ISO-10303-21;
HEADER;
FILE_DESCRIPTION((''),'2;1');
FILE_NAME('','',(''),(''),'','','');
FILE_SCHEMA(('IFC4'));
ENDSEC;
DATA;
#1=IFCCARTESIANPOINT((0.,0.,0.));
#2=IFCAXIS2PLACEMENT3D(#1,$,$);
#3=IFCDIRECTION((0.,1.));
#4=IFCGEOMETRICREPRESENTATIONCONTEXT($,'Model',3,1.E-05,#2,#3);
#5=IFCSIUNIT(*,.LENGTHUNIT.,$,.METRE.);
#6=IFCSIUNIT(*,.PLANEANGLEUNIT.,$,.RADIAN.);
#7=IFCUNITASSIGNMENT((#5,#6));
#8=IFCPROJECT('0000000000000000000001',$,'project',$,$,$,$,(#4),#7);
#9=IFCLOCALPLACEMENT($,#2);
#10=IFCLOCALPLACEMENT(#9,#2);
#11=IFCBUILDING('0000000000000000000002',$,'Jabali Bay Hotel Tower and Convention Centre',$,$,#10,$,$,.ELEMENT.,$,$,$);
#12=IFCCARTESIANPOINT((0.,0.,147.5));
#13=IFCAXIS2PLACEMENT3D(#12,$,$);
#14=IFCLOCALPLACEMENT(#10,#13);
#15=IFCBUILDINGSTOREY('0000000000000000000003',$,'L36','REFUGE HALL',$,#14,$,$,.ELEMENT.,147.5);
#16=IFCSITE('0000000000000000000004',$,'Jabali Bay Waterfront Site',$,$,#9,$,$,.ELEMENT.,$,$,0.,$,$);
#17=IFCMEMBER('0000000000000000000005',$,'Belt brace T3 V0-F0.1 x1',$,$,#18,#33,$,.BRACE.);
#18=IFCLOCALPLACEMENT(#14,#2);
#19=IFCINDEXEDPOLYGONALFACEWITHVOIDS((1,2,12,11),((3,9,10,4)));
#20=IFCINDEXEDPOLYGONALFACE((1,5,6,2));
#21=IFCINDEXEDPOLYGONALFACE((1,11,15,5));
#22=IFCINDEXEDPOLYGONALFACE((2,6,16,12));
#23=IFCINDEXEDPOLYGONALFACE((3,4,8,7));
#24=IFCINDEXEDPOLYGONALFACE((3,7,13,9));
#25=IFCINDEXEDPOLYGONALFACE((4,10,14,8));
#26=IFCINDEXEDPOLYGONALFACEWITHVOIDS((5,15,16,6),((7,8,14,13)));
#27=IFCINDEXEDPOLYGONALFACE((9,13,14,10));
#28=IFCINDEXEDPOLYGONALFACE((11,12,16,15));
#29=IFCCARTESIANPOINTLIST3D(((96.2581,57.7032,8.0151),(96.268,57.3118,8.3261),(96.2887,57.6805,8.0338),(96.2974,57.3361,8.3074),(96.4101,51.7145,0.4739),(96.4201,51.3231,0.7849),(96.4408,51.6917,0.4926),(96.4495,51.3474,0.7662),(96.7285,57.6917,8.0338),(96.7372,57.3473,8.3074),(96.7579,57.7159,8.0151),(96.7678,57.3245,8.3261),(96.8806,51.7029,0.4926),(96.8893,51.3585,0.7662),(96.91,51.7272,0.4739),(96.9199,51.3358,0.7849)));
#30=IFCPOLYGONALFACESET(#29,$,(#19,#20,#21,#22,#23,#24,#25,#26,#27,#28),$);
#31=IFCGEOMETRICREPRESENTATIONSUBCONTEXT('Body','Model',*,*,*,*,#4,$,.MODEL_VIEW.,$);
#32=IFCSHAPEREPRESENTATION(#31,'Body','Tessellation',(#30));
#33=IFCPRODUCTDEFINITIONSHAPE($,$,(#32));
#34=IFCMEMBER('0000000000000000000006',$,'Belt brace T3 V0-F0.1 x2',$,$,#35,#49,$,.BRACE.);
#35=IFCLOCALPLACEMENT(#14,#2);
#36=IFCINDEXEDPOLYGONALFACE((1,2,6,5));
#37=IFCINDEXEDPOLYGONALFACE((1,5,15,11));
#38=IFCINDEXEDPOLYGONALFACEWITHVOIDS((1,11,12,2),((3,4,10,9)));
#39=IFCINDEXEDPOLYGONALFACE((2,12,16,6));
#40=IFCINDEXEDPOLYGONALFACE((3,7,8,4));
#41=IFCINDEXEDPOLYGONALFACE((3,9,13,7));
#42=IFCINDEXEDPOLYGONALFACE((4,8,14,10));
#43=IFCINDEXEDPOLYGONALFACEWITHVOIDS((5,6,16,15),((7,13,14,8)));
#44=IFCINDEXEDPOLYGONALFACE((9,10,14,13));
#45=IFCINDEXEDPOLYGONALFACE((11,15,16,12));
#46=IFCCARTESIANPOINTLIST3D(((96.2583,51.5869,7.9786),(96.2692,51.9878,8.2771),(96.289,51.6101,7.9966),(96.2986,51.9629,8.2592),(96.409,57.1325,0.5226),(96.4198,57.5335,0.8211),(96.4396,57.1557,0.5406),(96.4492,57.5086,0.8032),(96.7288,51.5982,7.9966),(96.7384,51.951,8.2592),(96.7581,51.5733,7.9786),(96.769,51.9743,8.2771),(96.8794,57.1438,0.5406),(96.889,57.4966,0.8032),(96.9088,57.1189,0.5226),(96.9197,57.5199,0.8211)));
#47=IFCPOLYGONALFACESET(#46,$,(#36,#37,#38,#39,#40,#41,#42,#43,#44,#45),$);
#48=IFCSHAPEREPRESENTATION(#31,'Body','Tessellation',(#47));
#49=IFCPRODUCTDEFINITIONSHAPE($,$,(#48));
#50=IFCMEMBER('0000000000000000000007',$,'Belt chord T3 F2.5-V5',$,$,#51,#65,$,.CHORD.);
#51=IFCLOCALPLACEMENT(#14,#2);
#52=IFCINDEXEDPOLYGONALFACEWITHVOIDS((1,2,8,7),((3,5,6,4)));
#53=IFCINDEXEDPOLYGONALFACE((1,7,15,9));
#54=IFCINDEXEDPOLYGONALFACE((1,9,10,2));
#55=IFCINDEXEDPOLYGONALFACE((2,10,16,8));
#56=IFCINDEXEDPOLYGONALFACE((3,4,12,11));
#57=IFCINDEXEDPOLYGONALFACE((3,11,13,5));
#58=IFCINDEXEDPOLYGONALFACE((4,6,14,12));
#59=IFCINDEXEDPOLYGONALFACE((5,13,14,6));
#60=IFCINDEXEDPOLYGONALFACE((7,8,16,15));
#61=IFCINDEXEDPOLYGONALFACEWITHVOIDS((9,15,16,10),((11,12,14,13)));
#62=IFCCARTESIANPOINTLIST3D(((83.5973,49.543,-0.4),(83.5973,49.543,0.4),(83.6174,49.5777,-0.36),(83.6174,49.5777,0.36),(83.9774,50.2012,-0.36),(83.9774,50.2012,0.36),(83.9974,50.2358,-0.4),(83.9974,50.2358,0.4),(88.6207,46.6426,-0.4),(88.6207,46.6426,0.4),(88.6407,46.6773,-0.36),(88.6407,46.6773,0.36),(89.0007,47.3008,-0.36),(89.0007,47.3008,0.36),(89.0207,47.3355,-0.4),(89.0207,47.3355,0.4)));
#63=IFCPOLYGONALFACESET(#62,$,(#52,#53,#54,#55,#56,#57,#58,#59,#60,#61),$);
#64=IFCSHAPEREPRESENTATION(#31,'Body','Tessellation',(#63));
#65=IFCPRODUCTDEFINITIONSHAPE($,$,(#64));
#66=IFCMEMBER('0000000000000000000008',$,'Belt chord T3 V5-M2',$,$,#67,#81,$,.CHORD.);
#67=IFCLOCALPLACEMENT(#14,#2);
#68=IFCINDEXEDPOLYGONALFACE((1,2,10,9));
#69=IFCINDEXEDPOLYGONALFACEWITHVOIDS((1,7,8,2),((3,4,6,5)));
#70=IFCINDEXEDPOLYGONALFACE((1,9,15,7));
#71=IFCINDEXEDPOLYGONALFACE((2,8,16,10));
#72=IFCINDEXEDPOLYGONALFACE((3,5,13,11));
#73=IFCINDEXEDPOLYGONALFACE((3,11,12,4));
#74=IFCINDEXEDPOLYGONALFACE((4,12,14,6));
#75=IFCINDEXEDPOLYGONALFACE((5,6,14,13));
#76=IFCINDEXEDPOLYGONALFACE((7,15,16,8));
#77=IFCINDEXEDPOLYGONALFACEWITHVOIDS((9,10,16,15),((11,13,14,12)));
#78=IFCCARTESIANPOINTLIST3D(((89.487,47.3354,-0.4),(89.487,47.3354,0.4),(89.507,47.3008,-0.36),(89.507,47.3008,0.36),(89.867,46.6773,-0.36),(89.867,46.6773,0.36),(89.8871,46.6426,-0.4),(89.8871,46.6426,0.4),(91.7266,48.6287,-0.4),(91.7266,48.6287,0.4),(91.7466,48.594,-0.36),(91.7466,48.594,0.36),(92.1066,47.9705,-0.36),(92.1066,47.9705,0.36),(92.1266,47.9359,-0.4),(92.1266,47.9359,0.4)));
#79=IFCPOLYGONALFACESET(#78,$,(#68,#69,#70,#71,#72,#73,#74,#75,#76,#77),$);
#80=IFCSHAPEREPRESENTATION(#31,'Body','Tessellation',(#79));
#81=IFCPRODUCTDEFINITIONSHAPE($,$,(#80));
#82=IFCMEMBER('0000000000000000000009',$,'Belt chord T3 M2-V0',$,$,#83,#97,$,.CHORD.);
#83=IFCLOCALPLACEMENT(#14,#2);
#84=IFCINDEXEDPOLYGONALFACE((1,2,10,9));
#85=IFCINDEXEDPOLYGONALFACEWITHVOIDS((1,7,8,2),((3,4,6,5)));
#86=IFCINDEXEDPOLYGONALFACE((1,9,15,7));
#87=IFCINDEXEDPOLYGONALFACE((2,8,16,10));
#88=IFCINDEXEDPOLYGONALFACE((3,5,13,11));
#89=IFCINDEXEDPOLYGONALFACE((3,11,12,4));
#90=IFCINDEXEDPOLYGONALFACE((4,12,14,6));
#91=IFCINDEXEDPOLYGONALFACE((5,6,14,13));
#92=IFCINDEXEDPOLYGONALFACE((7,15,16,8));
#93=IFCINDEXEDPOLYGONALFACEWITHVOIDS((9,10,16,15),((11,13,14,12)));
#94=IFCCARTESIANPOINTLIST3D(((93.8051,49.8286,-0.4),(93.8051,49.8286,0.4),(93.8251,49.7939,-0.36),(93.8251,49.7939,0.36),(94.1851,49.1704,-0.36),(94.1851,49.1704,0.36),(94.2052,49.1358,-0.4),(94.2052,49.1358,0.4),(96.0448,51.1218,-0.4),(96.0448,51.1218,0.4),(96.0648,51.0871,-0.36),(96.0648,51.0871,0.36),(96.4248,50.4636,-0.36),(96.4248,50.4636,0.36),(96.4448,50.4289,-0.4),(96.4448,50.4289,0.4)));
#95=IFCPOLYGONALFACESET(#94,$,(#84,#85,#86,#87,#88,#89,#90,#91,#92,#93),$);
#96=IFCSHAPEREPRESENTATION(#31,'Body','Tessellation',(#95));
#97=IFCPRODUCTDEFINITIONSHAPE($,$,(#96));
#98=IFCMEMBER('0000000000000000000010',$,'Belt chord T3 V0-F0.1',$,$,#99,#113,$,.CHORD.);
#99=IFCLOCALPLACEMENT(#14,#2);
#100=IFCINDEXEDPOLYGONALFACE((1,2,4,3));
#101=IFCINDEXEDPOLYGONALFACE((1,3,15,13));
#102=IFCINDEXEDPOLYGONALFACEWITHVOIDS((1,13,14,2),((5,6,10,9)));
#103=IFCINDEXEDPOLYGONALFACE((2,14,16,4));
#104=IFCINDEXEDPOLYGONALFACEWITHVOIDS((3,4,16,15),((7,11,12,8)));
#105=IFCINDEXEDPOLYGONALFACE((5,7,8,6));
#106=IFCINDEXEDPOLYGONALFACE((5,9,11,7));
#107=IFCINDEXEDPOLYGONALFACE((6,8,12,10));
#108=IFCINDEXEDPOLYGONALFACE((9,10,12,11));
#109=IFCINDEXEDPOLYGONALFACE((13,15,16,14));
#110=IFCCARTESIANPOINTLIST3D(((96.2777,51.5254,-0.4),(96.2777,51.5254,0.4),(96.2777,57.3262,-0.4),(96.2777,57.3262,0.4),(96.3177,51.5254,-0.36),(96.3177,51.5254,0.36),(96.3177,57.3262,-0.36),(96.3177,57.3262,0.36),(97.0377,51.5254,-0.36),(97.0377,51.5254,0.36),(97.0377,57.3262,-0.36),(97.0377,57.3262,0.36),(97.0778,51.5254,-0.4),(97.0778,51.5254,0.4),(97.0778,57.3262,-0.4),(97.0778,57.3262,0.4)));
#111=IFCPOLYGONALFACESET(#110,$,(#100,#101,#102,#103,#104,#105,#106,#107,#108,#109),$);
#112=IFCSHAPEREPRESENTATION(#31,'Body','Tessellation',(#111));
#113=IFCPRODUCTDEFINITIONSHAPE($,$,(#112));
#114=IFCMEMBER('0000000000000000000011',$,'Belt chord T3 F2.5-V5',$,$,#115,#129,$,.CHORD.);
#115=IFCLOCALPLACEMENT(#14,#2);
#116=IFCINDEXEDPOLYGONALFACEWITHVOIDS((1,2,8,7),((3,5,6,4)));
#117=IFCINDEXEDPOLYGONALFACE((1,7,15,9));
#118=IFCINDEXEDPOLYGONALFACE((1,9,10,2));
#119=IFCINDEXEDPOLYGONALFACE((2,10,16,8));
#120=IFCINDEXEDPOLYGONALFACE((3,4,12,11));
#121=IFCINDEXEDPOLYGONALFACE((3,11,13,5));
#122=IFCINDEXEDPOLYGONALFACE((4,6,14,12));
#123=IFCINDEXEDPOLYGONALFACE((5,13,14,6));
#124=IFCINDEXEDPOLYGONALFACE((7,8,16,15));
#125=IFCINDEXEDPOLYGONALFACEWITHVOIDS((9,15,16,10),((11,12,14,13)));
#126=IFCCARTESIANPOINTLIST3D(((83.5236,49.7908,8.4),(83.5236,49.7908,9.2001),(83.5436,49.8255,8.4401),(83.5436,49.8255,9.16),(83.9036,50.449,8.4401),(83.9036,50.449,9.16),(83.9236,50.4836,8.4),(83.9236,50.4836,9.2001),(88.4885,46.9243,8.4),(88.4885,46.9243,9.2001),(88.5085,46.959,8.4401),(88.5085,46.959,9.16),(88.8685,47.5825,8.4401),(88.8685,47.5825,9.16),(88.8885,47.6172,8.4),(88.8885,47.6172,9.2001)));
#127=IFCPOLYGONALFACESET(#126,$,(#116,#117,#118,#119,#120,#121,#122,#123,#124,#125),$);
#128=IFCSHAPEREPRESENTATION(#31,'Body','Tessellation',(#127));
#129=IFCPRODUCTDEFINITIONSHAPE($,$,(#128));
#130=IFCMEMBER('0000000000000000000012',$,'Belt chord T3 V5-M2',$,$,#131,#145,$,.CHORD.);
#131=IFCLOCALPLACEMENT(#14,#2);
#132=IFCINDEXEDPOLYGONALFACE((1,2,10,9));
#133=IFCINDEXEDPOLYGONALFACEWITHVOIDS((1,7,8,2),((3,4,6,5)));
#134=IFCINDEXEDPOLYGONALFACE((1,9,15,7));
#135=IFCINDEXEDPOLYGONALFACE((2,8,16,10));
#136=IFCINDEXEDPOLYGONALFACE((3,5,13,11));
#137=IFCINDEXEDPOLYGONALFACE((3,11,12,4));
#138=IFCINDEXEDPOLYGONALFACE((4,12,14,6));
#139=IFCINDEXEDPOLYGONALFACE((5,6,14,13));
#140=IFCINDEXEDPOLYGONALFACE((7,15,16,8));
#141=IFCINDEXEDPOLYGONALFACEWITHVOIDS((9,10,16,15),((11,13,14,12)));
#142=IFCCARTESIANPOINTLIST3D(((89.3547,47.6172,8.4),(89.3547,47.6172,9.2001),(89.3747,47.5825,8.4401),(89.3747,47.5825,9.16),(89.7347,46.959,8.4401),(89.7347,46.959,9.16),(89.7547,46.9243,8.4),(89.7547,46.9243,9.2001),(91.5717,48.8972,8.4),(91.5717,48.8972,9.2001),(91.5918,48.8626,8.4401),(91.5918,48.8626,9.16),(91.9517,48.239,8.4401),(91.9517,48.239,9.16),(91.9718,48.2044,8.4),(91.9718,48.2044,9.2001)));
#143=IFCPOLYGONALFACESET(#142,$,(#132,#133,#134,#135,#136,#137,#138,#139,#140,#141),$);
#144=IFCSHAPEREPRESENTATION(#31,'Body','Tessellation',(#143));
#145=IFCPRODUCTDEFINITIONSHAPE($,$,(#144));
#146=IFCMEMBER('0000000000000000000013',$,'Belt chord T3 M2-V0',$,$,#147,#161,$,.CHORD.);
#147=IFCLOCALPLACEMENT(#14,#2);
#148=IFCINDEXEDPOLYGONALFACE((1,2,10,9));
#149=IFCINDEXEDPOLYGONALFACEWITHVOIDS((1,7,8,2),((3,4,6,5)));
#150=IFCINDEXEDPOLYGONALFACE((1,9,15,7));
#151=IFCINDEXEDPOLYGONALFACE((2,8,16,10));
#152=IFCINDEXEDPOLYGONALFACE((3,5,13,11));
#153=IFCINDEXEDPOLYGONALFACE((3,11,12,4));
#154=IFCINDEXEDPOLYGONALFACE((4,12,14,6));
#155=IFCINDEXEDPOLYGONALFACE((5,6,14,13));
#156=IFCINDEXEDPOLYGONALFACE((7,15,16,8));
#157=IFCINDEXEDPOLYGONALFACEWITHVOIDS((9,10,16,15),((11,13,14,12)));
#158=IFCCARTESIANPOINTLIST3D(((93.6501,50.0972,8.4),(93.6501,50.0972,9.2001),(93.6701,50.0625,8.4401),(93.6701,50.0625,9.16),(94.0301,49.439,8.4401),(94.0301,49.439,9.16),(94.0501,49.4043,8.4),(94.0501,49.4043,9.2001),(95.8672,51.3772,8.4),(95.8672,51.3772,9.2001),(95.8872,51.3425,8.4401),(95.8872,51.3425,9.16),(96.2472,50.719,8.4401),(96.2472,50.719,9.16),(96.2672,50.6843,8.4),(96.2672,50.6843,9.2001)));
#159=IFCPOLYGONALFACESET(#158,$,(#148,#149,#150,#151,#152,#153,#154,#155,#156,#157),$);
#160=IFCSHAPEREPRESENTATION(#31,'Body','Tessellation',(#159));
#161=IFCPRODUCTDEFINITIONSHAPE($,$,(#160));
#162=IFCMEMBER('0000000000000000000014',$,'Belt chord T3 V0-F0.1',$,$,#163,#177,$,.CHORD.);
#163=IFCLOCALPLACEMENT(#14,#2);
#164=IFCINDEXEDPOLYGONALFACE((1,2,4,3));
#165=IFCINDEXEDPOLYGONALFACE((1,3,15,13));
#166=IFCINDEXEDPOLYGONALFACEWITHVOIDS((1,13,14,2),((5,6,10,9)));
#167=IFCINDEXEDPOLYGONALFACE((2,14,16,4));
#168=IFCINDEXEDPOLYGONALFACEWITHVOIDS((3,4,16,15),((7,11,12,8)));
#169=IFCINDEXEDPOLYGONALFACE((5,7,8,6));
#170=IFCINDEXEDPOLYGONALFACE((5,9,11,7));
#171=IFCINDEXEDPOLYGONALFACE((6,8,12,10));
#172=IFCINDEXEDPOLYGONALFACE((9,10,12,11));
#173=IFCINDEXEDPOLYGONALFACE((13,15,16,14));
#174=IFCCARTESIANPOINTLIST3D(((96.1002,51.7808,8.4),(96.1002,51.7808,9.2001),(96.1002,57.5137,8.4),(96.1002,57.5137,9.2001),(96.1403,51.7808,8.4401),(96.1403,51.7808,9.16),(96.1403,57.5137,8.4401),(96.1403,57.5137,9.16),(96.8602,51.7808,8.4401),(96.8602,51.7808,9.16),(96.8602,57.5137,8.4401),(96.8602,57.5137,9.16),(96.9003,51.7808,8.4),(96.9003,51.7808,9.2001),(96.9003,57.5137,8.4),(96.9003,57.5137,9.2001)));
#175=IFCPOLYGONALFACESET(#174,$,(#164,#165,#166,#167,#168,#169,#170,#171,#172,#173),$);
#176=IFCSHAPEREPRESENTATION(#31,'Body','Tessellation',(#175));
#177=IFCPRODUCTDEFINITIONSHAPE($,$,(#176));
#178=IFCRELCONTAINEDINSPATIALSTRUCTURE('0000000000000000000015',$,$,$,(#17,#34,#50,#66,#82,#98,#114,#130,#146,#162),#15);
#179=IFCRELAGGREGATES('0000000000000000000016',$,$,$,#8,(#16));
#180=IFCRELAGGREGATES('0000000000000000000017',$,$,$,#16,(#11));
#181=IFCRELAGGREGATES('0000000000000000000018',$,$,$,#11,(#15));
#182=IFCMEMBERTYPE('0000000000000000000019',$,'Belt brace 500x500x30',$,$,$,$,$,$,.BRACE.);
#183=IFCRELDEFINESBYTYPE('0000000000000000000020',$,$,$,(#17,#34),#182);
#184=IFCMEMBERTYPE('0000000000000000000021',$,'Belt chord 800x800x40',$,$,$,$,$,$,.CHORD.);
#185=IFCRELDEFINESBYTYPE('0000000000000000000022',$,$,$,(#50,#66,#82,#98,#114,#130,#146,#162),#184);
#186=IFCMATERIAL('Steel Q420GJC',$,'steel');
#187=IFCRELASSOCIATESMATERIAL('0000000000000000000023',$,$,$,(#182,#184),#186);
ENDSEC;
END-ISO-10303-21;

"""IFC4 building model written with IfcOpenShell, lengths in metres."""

from ifc_helpers import new_model, si_unit, direction, frame, origin, origin_2d, place, context, subcontext, project, spatial, hollow_rectangle, extrude, material, material_profile, profile_set, type_object, element, save


model = new_model("IFC4")

# Units and contexts
model_context = context("Model", 3, precision=1e-05, world=origin(), true_north=direction((0.0, 1.0)))
body_context = subcontext(model_context, "Body", "Model", "MODEL_VIEW")
ifc_project = project(units=[si_unit("LENGTHUNIT", "METRE"), si_unit("PLANEANGLEUNIT", "RADIAN")], contexts=[model_context])

# Site, building, storey
site_placement = place(None, origin())
site = spatial("IfcSite", under=ifc_project, at=site_placement, Name="Jabali Bay Waterfront Site", CompositionType="ELEMENT", RefElevation=0.0)
building_placement = place(site_placement, origin())
building = spatial("IfcBuilding", under=site, at=building_placement, Name="Jabali Bay Hotel Tower and Convention Centre", CompositionType="ELEMENT")
storey_placement = place(building_placement, frame((0.0, 0.0, 147.5)))
storey = spatial("IfcBuildingStorey", under=building, at=storey_placement, Name="L36", Description="REFUGE HALL", CompositionType="ELEMENT", Elevation=147.5)

# Members
ifc_material_1 = material(Name="Steel Q420GJC", Category="steel")
ifc_material_profile_1 = material_profile(ifc_material_1, hollow_rectangle(XDim=0.5, YDim=0.5, WallThickness=0.03, at=origin_2d()), Name="Belt brace 500x500x30")
ifc_profile_set_1 = profile_set([ifc_material_profile_1], Name="Steel Q420GJC")
member_type_1 = type_object("IfcMemberType", Name="Belt brace 500x500x30", PredefinedType="BRACE", material=ifc_profile_set_1)
member_1_placement = place(storey_placement, frame((96.665, 51.5251, 0.6294), z_axis=(-0.015792, 0.621812, 0.783007), x_axis=(-0.999678, -0.025389, 0.0)))
element("IfcMember", 1, at=member_1_placement, inside=storey, type_object=member_type_1, Name="Belt brace T3 V0-F0.1 x1", PredefinedType="BRACE", context=body_context, shape_type="SweptSolid", body=[
    extrude(hollow_rectangle(XDim=0.5, YDim=0.5, WallThickness=0.03, at=origin_2d()), origin(), (0.0, 0.0, 1.0), 9.6311),
])
member_2_placement = place(storey_placement, frame((96.6643, 57.3262, 0.6719), z_axis=(-0.016209, -0.596722, 0.802284), x_axis=(0.999631, -0.027153, 0.0)))
element("IfcMember", 2, at=member_2_placement, inside=storey, type_object=member_type_1, Name="Belt brace T3 V0-F0.1 x2", PredefinedType="BRACE", context=body_context, shape_type="SweptSolid", body=[
    extrude(hollow_rectangle(XDim=0.5, YDim=0.5, WallThickness=0.03, at=origin_2d()), origin(), (0.0, 0.0, 1.0), 9.2935),
])
ifc_material_profile_2 = material_profile(ifc_material_1, hollow_rectangle(XDim=0.8, YDim=0.8, WallThickness=0.04, at=origin_2d()), Name="Belt chord 800x800x40")
ifc_profile_set_2 = profile_set([ifc_material_profile_2], Name="Steel Q420GJC")
member_type_2 = type_object("IfcMemberType", Name="Belt chord 800x800x40", PredefinedType="CHORD", material=ifc_profile_set_2)
member_3_placement = place(storey_placement, frame((83.7974, 49.8894, 0.0), z_axis=(0.866017, -0.500014, 0.0), x_axis=(0.500014, 0.866017, 0.0)))
element("IfcMember", 3, at=member_3_placement, inside=storey, type_object=member_type_2, Name="Belt chord T3 F2.5-V5", PredefinedType="CHORD", context=body_context, shape_type="SweptSolid", body=[
    extrude(hollow_rectangle(XDim=0.8, YDim=0.8, WallThickness=0.04, at=origin_2d()), origin(), (0.0, 0.0, 1.0), 5.8005),
])
for number, where, z_axis, x_axis, name in (
    (4, (89.687, 46.989, 0.0), (0.865986, 0.500068, 0.0), (-0.500068, 0.865986, 0.0), "Belt chord T3 V5-M2"),
    (5, (94.0051, 49.4822, 0.0), (0.86601, 0.500028, 0.0), (-0.500028, 0.86601, 0.0), "Belt chord T3 M2-V0"),
):
    element("IfcMember", number, at=place(storey_placement, frame(where, z_axis=z_axis, x_axis=x_axis)), inside=storey, type_object=member_type_2, Name=name, PredefinedType="CHORD", context=body_context, shape_type="SweptSolid", body=[
        extrude(hollow_rectangle(XDim=0.8, YDim=0.8, WallThickness=0.04, at=origin_2d()), origin(), (0.0, 0.0, 1.0), 2.5862),
    ])
member_4_placement = place(storey_placement, frame((96.6777, 51.5254, 0.0), z_axis=(0.0, 1.0, 0.0), x_axis=(-1.0, 0.0, 0.0)))
element("IfcMember", 6, at=member_4_placement, inside=storey, type_object=member_type_2, Name="Belt chord T3 V0-F0.1", PredefinedType="CHORD", context=body_context, shape_type="SweptSolid", body=[
    extrude(hollow_rectangle(XDim=0.8, YDim=0.8, WallThickness=0.04, at=origin_2d()), origin(), (0.0, 0.0, 1.0), 5.8008),
])
member_5_placement = place(storey_placement, frame((83.7236, 50.1372, 8.8), z_axis=(0.866025, -0.5, 0.0), x_axis=(0.5, 0.866025, 0.0)))
element("IfcMember", 7, at=member_5_placement, inside=storey, type_object=member_type_2, Name="Belt chord T3 F2.5-V5", PredefinedType="CHORD", context=body_context, shape_type="SweptSolid", body=[
    extrude(hollow_rectangle(XDim=0.8, YDim=0.8, WallThickness=0.04, at=origin_2d()), origin(), (0.0, 0.0, 1.0), 5.7329),
])
for number, where, z_axis, x_axis, name in (
    (8, (89.5547, 47.2708, 8.8), (0.866022, 0.500006, 0.0), (-0.500006, 0.866022, 0.0), "Belt chord T3 V5-M2"),
    (9, (93.8501, 49.7507, 8.8), (0.866022, 0.500006, 0.0), (-0.500006, 0.866022, 0.0), "Belt chord T3 M2-V0"),
):
    element("IfcMember", number, at=place(storey_placement, frame(where, z_axis=z_axis, x_axis=x_axis)), inside=storey, type_object=member_type_2, Name=name, PredefinedType="CHORD", context=body_context, shape_type="SweptSolid", body=[
        extrude(hollow_rectangle(XDim=0.8, YDim=0.8, WallThickness=0.04, at=origin_2d()), origin(), (0.0, 0.0, 1.0), 2.5601),
    ])
member_6_placement = place(storey_placement, frame((96.5002, 51.7808, 8.8), z_axis=(0.0, 1.0, 0.0), x_axis=(-1.0, 0.0, 0.0)))
element("IfcMember", 10, at=member_6_placement, inside=storey, type_object=member_type_2, Name="Belt chord T3 V0-F0.1", PredefinedType="CHORD", context=body_context, shape_type="SweptSolid", body=[
    extrude(hollow_rectangle(XDim=0.8, YDim=0.8, WallThickness=0.04, at=origin_2d()), origin(), (0.0, 0.0, 1.0), 5.7329),
])

save(model, "model.ifc")
